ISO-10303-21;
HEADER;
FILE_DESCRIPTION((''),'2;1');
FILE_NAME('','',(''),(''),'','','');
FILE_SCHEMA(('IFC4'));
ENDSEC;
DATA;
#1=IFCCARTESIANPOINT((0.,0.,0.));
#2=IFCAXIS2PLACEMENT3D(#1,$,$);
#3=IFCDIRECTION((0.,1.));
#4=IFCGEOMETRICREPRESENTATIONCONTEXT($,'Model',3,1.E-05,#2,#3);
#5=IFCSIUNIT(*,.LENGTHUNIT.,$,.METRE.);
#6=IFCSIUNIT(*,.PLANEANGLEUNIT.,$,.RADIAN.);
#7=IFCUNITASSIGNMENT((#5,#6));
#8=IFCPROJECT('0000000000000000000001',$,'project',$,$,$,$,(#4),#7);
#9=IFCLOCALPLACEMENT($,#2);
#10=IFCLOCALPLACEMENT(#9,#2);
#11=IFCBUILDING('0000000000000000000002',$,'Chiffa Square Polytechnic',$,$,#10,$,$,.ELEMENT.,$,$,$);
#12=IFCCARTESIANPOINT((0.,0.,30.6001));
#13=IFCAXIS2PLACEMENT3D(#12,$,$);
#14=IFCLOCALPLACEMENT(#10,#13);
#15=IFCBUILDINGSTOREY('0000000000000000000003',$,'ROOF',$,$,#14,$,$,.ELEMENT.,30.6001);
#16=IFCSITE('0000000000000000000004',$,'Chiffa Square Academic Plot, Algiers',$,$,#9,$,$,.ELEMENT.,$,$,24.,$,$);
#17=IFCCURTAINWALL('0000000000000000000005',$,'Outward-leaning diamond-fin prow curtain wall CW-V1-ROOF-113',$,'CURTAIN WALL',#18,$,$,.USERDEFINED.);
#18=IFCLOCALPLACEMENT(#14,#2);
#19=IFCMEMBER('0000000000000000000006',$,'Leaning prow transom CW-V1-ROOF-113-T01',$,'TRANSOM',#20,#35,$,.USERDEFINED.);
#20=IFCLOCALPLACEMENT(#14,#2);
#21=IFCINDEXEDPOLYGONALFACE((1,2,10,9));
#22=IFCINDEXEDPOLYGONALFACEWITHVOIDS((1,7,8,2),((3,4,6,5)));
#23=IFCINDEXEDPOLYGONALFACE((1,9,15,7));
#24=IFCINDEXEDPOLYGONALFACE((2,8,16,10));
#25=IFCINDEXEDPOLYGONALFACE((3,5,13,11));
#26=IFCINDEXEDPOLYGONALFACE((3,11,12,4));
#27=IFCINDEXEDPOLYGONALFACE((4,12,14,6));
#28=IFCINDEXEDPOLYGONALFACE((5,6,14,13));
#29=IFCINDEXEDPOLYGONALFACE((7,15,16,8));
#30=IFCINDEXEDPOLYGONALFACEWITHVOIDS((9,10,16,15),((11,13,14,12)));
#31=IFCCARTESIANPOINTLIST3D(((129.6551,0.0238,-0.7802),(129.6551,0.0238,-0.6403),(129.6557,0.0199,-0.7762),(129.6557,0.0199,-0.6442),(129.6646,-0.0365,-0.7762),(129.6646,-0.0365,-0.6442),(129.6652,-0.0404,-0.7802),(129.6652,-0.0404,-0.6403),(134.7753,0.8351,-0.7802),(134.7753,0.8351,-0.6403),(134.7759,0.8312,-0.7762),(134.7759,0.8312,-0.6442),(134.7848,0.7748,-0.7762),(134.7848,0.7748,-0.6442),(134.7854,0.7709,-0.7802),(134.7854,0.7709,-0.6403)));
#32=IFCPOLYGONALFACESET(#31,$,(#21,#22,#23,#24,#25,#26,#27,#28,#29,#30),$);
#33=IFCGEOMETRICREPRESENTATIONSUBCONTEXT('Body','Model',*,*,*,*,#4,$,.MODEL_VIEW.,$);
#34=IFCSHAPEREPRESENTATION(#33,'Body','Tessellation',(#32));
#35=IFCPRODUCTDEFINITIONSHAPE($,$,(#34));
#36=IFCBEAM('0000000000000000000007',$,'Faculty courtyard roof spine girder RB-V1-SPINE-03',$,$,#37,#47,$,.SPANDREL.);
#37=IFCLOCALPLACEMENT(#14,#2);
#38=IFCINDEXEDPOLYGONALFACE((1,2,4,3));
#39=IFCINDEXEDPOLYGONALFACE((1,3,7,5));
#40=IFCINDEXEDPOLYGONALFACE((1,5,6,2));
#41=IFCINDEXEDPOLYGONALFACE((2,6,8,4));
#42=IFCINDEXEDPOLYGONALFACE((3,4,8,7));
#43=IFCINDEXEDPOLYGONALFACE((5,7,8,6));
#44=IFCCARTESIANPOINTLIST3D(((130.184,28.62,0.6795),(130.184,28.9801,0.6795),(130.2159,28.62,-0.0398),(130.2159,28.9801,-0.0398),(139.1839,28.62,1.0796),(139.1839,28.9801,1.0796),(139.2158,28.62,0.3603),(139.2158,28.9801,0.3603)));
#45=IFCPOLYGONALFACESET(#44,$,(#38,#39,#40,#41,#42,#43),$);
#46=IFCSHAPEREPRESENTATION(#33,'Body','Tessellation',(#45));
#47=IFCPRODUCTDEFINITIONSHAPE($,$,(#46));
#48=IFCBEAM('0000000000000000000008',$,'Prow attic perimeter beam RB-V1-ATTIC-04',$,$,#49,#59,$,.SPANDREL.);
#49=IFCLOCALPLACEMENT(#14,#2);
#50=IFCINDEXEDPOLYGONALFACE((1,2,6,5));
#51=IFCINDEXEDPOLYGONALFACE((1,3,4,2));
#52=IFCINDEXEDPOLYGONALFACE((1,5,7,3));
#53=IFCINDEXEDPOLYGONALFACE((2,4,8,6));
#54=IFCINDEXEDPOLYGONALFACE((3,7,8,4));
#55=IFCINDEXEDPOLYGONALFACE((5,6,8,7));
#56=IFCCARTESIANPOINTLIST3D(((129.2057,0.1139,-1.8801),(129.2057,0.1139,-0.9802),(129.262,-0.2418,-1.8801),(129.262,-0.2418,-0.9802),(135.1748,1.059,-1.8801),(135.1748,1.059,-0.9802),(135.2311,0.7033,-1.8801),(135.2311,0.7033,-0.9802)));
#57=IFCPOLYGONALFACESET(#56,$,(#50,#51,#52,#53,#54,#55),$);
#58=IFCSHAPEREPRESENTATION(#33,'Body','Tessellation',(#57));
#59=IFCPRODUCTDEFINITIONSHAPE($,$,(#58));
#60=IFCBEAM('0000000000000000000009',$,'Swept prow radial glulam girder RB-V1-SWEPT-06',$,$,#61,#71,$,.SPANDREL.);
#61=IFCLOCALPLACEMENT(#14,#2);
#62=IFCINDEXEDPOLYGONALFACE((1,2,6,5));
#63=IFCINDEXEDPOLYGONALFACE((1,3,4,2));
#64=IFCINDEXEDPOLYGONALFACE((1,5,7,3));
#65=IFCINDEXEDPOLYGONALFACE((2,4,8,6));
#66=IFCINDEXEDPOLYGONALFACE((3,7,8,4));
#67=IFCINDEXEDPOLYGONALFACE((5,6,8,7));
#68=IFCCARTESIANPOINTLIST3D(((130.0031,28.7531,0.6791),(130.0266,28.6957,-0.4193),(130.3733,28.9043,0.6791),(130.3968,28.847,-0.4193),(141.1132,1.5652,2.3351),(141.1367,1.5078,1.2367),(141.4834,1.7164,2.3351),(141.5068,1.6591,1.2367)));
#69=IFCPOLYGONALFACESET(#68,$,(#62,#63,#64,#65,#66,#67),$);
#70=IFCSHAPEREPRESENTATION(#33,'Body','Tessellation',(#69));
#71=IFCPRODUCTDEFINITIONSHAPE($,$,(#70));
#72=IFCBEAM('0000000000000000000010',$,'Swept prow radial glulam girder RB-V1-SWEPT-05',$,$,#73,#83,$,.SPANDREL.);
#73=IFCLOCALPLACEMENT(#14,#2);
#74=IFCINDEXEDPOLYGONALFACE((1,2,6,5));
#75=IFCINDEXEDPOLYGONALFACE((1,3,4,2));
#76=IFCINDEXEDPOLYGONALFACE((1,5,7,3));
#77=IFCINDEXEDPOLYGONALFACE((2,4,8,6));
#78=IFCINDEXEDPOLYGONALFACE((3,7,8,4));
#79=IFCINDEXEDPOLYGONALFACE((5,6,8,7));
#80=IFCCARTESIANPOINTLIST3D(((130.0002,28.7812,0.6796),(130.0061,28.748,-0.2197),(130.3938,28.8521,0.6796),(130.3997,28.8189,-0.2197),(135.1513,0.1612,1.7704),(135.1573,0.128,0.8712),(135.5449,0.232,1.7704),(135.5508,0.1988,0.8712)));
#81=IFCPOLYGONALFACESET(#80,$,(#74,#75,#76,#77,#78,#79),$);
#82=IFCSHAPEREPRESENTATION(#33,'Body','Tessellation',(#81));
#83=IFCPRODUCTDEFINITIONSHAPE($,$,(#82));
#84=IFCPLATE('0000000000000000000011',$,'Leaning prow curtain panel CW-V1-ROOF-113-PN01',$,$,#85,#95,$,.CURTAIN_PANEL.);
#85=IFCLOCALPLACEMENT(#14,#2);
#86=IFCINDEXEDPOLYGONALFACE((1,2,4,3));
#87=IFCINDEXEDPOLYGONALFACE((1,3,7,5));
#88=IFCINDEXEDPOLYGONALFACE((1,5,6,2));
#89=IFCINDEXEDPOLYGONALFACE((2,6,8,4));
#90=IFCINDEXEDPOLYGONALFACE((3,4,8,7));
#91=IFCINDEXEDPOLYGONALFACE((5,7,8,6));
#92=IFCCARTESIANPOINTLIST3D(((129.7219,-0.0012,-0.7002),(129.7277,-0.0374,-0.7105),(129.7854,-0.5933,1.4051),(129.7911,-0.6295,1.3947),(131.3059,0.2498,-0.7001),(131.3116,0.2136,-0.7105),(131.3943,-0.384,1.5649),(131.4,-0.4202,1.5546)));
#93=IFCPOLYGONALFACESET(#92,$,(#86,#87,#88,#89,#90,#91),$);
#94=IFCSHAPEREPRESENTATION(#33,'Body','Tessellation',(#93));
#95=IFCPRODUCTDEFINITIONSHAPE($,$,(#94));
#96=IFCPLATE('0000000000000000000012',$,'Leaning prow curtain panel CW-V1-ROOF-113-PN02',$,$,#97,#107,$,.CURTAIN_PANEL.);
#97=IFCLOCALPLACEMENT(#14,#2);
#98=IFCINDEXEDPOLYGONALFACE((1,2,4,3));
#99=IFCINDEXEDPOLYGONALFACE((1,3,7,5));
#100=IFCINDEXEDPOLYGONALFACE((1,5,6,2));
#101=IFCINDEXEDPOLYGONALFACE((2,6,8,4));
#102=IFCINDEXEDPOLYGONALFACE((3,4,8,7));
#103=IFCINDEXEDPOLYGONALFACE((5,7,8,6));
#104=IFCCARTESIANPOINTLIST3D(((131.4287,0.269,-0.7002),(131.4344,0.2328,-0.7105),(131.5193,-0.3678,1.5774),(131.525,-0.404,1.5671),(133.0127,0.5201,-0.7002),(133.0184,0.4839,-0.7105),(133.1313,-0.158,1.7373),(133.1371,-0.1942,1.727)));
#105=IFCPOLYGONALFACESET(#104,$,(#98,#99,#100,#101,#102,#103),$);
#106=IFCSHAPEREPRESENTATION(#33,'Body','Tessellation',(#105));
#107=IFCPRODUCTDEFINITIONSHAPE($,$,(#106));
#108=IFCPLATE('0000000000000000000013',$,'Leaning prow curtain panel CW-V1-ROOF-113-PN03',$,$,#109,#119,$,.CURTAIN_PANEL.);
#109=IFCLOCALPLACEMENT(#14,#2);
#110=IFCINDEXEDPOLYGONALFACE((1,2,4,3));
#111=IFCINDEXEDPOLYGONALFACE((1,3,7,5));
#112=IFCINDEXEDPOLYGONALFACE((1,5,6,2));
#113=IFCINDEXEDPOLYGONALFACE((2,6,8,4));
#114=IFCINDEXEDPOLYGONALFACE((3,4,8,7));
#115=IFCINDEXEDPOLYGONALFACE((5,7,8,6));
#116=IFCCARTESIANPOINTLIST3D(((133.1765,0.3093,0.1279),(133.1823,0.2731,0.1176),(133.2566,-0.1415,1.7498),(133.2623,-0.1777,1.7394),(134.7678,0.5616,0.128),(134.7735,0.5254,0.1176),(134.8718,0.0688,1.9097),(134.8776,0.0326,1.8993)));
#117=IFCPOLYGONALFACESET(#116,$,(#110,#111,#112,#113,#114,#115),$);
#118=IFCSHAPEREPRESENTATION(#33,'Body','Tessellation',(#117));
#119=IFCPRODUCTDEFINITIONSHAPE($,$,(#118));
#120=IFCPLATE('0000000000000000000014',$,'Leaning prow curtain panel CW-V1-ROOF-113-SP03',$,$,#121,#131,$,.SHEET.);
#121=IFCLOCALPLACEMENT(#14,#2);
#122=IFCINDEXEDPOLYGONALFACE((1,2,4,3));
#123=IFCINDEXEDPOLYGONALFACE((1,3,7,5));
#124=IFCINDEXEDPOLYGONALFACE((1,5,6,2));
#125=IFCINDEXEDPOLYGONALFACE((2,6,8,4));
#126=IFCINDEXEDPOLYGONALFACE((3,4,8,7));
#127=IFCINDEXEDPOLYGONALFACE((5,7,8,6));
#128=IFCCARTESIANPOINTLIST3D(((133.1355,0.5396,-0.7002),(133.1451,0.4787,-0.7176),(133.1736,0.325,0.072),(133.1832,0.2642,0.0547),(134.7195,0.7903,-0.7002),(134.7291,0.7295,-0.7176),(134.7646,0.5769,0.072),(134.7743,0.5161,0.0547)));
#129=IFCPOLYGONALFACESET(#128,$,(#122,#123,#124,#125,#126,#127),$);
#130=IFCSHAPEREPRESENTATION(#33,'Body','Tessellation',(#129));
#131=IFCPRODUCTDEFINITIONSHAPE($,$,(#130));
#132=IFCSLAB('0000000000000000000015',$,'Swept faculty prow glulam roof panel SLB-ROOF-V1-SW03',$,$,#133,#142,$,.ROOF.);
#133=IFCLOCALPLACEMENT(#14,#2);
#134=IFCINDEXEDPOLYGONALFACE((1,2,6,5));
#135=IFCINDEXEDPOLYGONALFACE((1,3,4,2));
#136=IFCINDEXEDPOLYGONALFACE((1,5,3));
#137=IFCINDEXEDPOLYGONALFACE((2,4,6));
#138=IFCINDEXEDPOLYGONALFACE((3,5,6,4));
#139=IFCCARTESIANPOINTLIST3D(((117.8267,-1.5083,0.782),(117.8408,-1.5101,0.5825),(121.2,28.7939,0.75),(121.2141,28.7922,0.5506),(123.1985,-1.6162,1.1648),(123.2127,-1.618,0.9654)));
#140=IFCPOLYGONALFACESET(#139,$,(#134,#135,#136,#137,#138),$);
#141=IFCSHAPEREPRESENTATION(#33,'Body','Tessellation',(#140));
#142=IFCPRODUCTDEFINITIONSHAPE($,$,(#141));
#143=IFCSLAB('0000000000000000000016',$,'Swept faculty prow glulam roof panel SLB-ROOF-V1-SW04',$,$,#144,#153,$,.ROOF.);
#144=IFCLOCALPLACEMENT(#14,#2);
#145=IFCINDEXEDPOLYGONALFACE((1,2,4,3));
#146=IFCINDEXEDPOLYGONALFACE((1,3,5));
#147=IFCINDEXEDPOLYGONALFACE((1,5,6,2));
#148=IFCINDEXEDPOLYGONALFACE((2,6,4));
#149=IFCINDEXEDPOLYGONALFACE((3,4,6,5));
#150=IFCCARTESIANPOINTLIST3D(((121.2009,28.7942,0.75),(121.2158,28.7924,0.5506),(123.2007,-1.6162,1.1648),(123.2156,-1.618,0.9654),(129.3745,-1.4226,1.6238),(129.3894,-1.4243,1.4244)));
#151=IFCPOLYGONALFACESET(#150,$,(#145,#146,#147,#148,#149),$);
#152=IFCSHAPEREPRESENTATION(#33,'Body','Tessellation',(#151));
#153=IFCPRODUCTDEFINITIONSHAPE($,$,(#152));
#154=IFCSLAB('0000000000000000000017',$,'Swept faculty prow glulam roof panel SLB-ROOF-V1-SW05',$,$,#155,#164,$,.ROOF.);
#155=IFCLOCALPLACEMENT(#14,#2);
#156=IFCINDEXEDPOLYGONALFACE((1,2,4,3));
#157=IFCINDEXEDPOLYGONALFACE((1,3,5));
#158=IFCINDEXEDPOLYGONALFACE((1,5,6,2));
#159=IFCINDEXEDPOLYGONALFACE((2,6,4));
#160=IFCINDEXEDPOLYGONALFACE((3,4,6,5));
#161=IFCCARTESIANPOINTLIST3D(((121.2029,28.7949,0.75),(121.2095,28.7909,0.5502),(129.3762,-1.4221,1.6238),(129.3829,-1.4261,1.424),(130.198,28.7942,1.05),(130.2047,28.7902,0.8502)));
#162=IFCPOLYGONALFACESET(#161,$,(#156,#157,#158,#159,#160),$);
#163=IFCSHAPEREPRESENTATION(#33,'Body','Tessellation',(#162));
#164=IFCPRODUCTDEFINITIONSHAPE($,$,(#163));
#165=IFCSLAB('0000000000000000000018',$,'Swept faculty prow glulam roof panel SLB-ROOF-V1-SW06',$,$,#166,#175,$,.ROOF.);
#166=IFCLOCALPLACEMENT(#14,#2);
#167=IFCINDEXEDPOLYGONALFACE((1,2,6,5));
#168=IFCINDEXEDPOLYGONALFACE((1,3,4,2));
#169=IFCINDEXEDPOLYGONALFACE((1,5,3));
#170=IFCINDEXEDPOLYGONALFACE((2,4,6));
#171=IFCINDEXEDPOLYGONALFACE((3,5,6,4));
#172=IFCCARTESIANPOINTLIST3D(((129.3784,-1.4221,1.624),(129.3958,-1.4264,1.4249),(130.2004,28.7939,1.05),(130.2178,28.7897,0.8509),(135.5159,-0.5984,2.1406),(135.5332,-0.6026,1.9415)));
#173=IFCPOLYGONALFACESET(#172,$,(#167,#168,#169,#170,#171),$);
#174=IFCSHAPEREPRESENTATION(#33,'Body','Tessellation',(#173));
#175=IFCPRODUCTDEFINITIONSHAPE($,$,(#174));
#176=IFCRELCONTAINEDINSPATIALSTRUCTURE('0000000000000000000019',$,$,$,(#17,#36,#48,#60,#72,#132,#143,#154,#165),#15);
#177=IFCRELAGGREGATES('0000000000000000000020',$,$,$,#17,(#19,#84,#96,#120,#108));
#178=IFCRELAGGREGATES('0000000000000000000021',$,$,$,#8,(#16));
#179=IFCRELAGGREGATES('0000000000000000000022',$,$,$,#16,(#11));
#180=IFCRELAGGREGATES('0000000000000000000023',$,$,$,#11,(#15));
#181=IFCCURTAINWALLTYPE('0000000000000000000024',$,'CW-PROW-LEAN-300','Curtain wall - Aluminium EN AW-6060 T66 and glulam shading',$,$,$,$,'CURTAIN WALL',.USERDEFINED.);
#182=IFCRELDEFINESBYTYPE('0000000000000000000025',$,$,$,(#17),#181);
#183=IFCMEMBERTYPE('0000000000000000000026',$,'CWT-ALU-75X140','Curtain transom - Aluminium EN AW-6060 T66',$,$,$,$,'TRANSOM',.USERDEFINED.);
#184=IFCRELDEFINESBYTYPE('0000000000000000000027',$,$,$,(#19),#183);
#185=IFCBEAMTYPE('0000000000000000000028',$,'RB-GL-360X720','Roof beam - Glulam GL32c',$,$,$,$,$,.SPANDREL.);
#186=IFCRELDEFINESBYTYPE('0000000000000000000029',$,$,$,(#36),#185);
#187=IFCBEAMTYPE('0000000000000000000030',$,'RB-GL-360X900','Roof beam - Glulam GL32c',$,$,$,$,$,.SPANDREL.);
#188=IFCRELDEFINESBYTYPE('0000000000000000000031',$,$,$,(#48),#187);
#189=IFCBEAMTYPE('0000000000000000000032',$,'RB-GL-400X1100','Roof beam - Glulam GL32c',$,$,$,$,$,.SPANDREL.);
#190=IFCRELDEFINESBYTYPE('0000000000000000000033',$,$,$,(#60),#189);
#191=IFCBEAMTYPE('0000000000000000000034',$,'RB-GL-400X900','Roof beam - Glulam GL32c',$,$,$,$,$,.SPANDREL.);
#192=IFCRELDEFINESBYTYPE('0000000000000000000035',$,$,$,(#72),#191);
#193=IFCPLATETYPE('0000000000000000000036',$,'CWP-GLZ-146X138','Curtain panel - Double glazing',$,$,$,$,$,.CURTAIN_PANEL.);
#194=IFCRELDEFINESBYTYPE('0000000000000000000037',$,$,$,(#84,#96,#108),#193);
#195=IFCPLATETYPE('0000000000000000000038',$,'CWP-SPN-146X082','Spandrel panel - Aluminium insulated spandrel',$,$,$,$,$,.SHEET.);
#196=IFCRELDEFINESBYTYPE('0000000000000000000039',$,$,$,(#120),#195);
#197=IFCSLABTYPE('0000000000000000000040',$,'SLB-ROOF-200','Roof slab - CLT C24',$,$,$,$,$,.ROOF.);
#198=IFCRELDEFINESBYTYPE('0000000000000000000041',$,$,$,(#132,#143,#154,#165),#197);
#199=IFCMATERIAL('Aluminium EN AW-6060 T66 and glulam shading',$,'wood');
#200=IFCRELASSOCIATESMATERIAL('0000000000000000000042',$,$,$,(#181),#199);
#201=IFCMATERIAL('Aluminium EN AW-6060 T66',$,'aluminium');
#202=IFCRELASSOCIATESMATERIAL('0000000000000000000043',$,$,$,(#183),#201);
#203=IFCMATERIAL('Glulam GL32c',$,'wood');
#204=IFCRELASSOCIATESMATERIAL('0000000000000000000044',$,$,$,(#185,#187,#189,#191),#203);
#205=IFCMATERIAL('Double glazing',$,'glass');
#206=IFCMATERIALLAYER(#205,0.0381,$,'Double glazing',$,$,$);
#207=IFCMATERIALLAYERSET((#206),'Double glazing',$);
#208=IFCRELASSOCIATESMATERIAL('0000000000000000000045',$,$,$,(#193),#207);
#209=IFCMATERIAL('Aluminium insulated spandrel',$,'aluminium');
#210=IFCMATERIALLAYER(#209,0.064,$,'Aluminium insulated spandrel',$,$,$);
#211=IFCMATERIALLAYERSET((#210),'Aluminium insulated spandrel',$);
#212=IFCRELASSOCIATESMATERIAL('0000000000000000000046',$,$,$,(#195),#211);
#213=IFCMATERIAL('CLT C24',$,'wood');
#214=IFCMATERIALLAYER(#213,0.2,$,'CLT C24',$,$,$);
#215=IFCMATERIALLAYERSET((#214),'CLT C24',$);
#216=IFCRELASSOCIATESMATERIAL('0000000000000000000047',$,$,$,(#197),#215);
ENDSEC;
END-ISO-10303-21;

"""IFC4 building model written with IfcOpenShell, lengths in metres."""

from ifc_helpers import new_model, si_unit, direction, frame, origin, origin_2d, place, context, subcontext, project, spatial, polyline, rectangle, hollow_rectangle, outline, extrude, material, layer, layer_set, material_profile, profile_set, type_object, element, aggregate, save


model = new_model("IFC4")

# Units and contexts
model_context = context("Model", 3, precision=1e-05, world=origin(), true_north=direction((0.0, 1.0)))
body_context = subcontext(model_context, "Body", "Model", "MODEL_VIEW")
ifc_project = project(units=[si_unit("LENGTHUNIT", "METRE"), si_unit("PLANEANGLEUNIT", "RADIAN")], contexts=[model_context])

# Site, building, storey
site_placement = place(None, origin())
site = spatial("IfcSite", under=ifc_project, at=site_placement, Name="Chiffa Square Academic Plot, Algiers", CompositionType="ELEMENT", RefElevation=24.0)
building_placement = place(site_placement, origin())
building = spatial("IfcBuilding", under=site, at=building_placement, Name="Chiffa Square Polytechnic", CompositionType="ELEMENT")
storey_placement = place(building_placement, frame((0.0, 0.0, 30.6001)))
storey = spatial("IfcBuildingStorey", under=building, at=storey_placement, Name="ROOF", CompositionType="ELEMENT", Elevation=30.6001)

# Shared definitions
ifc_material_1 = material(Name="Glulam GL32c", Category="wood")

# Curtain wall, member
ifc_material_2 = material(Name="Aluminium EN AW-6060 T66 and glulam shading", Category="wood")
curtain_wall_type = type_object("IfcCurtainWallType", Name="CW-PROW-LEAN-300", Description="Curtain wall - Aluminium EN AW-6060 T66 and glulam shading", ElementType="CURTAIN WALL", PredefinedType="USERDEFINED", material=ifc_material_2)
curtain_wall_placement = place(storey_placement, origin())
curtain_wall = element("IfcCurtainWall", 1, at=curtain_wall_placement, inside=storey, type_object=curtain_wall_type, Name="Outward-leaning diamond-fin prow curtain wall CW-V1-ROOF-113", ObjectType="CURTAIN WALL", PredefinedType="USERDEFINED")
ifc_material_3 = material(Name="Aluminium EN AW-6060 T66", Category="aluminium")
ifc_material_profile_1 = material_profile(ifc_material_3, hollow_rectangle(XDim=0.0649, YDim=0.1399, WallThickness=0.0039, at=origin_2d()), Name="ALU 65x140x4")
ifc_profile_set_1 = profile_set([ifc_material_profile_1], Name="Aluminium EN AW-6060 T66")
member_type_1 = type_object("IfcMemberType", Name="CWT-ALU-75X140", Description="Curtain transom - Aluminium EN AW-6060 T66", ElementType="TRANSOM", PredefinedType="USERDEFINED", material=ifc_profile_set_1)
member_1_placement = place(storey_placement, frame((129.6602, -0.0083, -0.7102), z_axis=(0.987678, 0.156497, 0.0), x_axis=(-0.156497, 0.987678, 0.0)))
member_1 = element("IfcMember", 2, at=member_1_placement, type_object=member_type_1, Name="Leaning prow transom CW-V1-ROOF-113-T01", ObjectType="TRANSOM", PredefinedType="USERDEFINED", context=body_context, shape_type="SweptSolid", body=[
    extrude(hollow_rectangle(XDim=0.0649, YDim=0.1399, WallThickness=0.0039, at=origin_2d()), origin(), (0.0, 0.0, 1.0), 5.1841),
])

# Beams
ifc_material_profile_2 = material_profile(ifc_material_1, rectangle(XDim=0.3601, YDim=0.72, at=origin_2d()), Name="GL32c 360x720")
ifc_profile_set_2 = profile_set([ifc_material_profile_2], Name="Glulam GL32c")
beam_type_1 = type_object("IfcBeamType", Name="RB-GL-360X720", Description="Roof beam - Glulam GL32c", PredefinedType="SPANDREL", material=ifc_profile_set_2)
beam_1_placement = place(storey_placement, frame((130.2, 28.8, 0.3198), z_axis=(0.999013, 0.0, 0.044417), x_axis=(0.0, 1.0, 0.0)))
element("IfcBeam", 3, at=beam_1_placement, inside=storey, type_object=beam_type_1, Name="Faculty courtyard roof spine girder RB-V1-SPINE-03", PredefinedType="SPANDREL", context=body_context, shape_type="SweptSolid", body=[
    extrude(rectangle(XDim=0.3601, YDim=0.72, at=origin_2d()), origin(), (0.0, 0.0, 1.0), 9.0088),
])
ifc_material_profile_3 = material_profile(ifc_material_1, rectangle(XDim=0.3601, YDim=0.8999, at=origin_2d()), Name="GL32c 360x900")
ifc_profile_set_3 = profile_set([ifc_material_profile_3], Name="Glulam GL32c")
beam_type_2 = type_object("IfcBeamType", Name="RB-GL-360X900", Description="Roof beam - Glulam GL32c", PredefinedType="SPANDREL", material=ifc_profile_set_3)
beam_2_placement = place(storey_placement, frame((129.2339, -0.064, -1.4302), z_axis=(0.987697, 0.156382, 0.0), x_axis=(-0.156382, 0.987697, 0.0)))
element("IfcBeam", 4, at=beam_2_placement, inside=storey, type_object=beam_type_2, Name="Prow attic perimeter beam RB-V1-ATTIC-04", PredefinedType="SPANDREL", context=body_context, shape_type="SweptSolid", body=[
    extrude(rectangle(XDim=0.3601, YDim=0.8999, at=origin_2d()), origin(), (0.0, 0.0, 1.0), 6.0435),
])
ifc_material_profile_4 = material_profile(ifc_material_1, rectangle(XDim=0.3999, YDim=1.1001, at=origin_2d()), Name="GL32c 400x1100")
ifc_profile_set_4 = profile_set([ifc_material_profile_4], Name="Glulam GL32c")
beam_type_3 = type_object("IfcBeamType", Name="RB-GL-400X1100", Description="Roof beam - Glulam GL32c", PredefinedType="SPANDREL", material=ifc_profile_set_4)
beam_3_placement = place(storey_placement, frame((130.2, 28.8, 0.1299), z_axis=(0.377676, -0.924225, 0.056294), x_axis=(0.925693, 0.378275, 0.0)))
element("IfcBeam", 5, at=beam_3_placement, inside=storey, type_object=beam_type_3, Name="Swept prow radial glulam girder RB-V1-SWEPT-06", PredefinedType="SPANDREL", context=body_context, shape_type="SweptSolid", body=[
    extrude(rectangle(XDim=0.3999, YDim=1.1001, at=origin_2d()), origin(), (0.0, 0.0, 1.0), 29.417),
])
ifc_material_profile_5 = material_profile(ifc_material_1, rectangle(XDim=0.3999, YDim=0.8999, at=origin_2d()), Name="GL32c 400x900")
ifc_profile_set_5 = profile_set([ifc_material_profile_5], Name="Glulam GL32c")
beam_type_4 = type_object("IfcBeamType", Name="RB-GL-400X900", Description="Roof beam - Glulam GL32c", PredefinedType="SPANDREL", material=ifc_profile_set_5)
beam_4_placement = place(storey_placement, frame((130.2, 28.8, 0.23), z_axis=(0.177012, -0.983495, 0.037485), x_axis=(0.984186, 0.177136, 0.0)))
element("IfcBeam", 6, at=beam_4_placement, inside=storey, type_object=beam_type_4, Name="Swept prow radial glulam girder RB-V1-SWEPT-05", PredefinedType="SPANDREL", context=body_context, shape_type="SweptSolid", body=[
    extrude(rectangle(XDim=0.3999, YDim=0.8999, at=origin_2d()), origin(), (0.0, 0.0, 1.0), 29.1003),
])

# Plates
ifc_material_4 = material(Name="Double glazing", Category="glass")
ifc_layer_1 = layer(ifc_material_4, 0.0381, Name="Double glazing")
ifc_layer_set_1 = layer_set([ifc_layer_1], Name="Double glazing")
plate_type_1 = type_object("IfcPlateType", Name="CWP-GLZ-146X138", Description="Curtain panel - Double glazing", PredefinedType="CURTAIN_PANEL", material=ifc_layer_set_1)
plate_1_placement = place(storey_placement, frame((129.7219, -0.0012, -0.7002), z_axis=(-0.150613, 0.950486, 0.271832), x_axis=(0.987679, 0.156494, 0.000043)))
plate_1 = element("IfcPlate", 7, at=plate_1_placement, type_object=plate_type_1, Name="Leaning prow curtain panel CW-V1-ROOF-113-PN01", PredefinedType="CURTAIN_PANEL", context=body_context, shape_type="SweptSolid", body=[
    extrude(outline(polyline([(0.0, 0.0), (1.6037, 0.0), (1.5919, -2.3537), (-0.0299, -2.1877), (0.0, 0.0)])), origin(), (0.0, 0.0, -1.0), 0.0381),
])
plate_2_placement = place(storey_placement, frame((131.4287, 0.269, -0.7002), z_axis=(-0.150679, 0.950496, 0.27176), x_axis=(0.987668, 0.156566, 0.000021)))
plate_2 = element("IfcPlate", 8, at=plate_2_placement, type_object=plate_type_1, Name="Leaning prow curtain panel CW-V1-ROOF-113-PN02", PredefinedType="CURTAIN_PANEL", context=body_context, shape_type="SweptSolid", body=[
    extrude(outline(polyline([(0.0, 0.0), (1.6037, 0.0), (1.6148, -2.5328), (-0.0102, -2.3667), (0.0, 0.0)])), origin(), (0.0, 0.0, -1.0), 0.0381),
])
plate_3_placement = place(storey_placement, frame((133.1765, 0.3093, 0.1279), z_axis=(-0.150691, 0.950519, 0.271672), x_axis=(0.987666, 0.156577, 0.000013)))
plate_3 = element("IfcPlate", 9, at=plate_3_placement, type_object=plate_type_1, Name="Leaning prow curtain panel CW-V1-ROOF-113-PN03", PredefinedType="CURTAIN_PANEL", context=body_context, shape_type="SweptSolid", body=[
    extrude(outline(polyline([(0.0, 0.0), (1.6112, 0.0), (1.6368, -1.8513), (0.0085, -1.6852), (0.0, 0.0)])), origin(), (0.0, 0.0, -1.0), 0.0381),
])
ifc_material_5 = material(Name="Aluminium insulated spandrel", Category="aluminium")
ifc_layer_2 = layer(ifc_material_5, 0.064, Name="Aluminium insulated spandrel")
ifc_layer_set_2 = layer_set([ifc_layer_2], Name="Aluminium insulated spandrel")
plate_type_2 = type_object("IfcPlateType", Name="CWP-SPN-146X082", Description="Spandrel panel - Aluminium insulated spandrel", PredefinedType="SHEET", material=ifc_layer_set_2)
plate_4_placement = place(storey_placement, frame((133.1355, 0.5396, -0.7002), z_axis=(-0.150501, 0.95059, 0.271531), x_axis=(0.987698, 0.156374, 0.000008)))
plate_4 = element("IfcPlate", 10, at=plate_4_placement, type_object=plate_type_2, Name="Leaning prow curtain panel CW-V1-ROOF-113-SP03", PredefinedType="SHEET", context=body_context, shape_type="SweptSolid", body=[
    extrude(outline(polyline([(0.0, 0.0), (1.6037, 0.0), (1.615, -0.8023), (0.0041, -0.8024), (0.0, 0.0)])), origin(), (0.0, 0.0, -1.0), 0.064),
])
aggregate(curtain_wall, [member_1, plate_1, plate_2, plate_4, plate_3])

# Slabs
ifc_material_6 = material(Name="CLT C24", Category="wood")
ifc_layer_3 = layer(ifc_material_6, 0.2, Name="CLT C24")
ifc_layer_set_3 = layer_set([ifc_layer_3], Name="CLT C24")
slab_type = type_object("IfcSlabType", Name="SLB-ROOF-200", Description="Roof slab - CLT C24", PredefinedType="ROOF", material=ifc_layer_set_3)
slab_1_placement = place(storey_placement, frame((121.2, 28.7939, 0.75), z_axis=(-0.070901, 0.008946, 0.997443), x_axis=(-0.110638, -0.99386, 0.001049)))
element("IfcSlab", 11, at=slab_1_placement, inside=storey, type_object=slab_type, Name="Swept faculty prow glulam roof panel SLB-ROOF-V1-SW03", PredefinedType="ROOF", context=body_context, shape_type="SweptSolid", body=[
    extrude(outline(polyline([(0.0, 0.0), (30.4894, 0.0), (30.0028, 5.3645), (0.0, 0.0)])), origin(), (0.0, 0.0, -1.0), 0.2),
])
slab_2_placement = place(storey_placement, frame((121.2009, 28.7942, 0.75), z_axis=(-0.074408, 0.008709, 0.99719), x_axis=(0.065611, -0.997752, 0.013609)))
element("IfcSlab", 12, at=slab_2_placement, inside=storey, type_object=slab_type, Name="Swept faculty prow glulam roof panel SLB-ROOF-V1-SW04", PredefinedType="ROOF", context=body_context, shape_type="SweptSolid", body=[
    extrude(outline(polyline([(0.0, 0.0), (30.4789, 0.0), (30.6971, 6.19), (0.0, 0.0)])), origin(), (0.0, 0.0, -1.0), 0.2),
])
slab_3_placement = place(storey_placement, frame((121.2029, 28.7949, 0.75), z_axis=(-0.03333, 0.01988, 0.999247), x_axis=(0.261003, -0.964935, 0.027903)))
element("IfcSlab", 13, at=slab_3_placement, inside=storey, type_object=slab_type, Name="Swept faculty prow glulam roof panel SLB-ROOF-V1-SW05", PredefinedType="ROOF", context=body_context, shape_type="SweptSolid", body=[
    extrude(outline(polyline([(0.0, 0.0), (31.3151, 0.0), (2.3568, 8.6861), (0.0, 0.0)])), origin(), (0.0, 0.0, -1.0), 0.2),
])
slab_4_placement = place(storey_placement, frame((130.2004, 28.7939, 1.05), z_axis=(-0.086692, 0.021278, 0.996008), x_axis=(-0.02719, -0.99945, 0.018985)))
element("IfcSlab", 14, at=slab_4_placement, inside=storey, type_object=slab_type, Name="Swept faculty prow glulam roof panel SLB-ROOF-V1-SW06", PredefinedType="ROOF", context=body_context, shape_type="SweptSolid", body=[
    extrude(outline(polyline([(0.0, 0.0), (30.2327, 0.0), (29.2523, 6.1362), (0.0, 0.0)])), origin(), (0.0, 0.0, -1.0), 0.2),
])

save(model, "model.ifc")
